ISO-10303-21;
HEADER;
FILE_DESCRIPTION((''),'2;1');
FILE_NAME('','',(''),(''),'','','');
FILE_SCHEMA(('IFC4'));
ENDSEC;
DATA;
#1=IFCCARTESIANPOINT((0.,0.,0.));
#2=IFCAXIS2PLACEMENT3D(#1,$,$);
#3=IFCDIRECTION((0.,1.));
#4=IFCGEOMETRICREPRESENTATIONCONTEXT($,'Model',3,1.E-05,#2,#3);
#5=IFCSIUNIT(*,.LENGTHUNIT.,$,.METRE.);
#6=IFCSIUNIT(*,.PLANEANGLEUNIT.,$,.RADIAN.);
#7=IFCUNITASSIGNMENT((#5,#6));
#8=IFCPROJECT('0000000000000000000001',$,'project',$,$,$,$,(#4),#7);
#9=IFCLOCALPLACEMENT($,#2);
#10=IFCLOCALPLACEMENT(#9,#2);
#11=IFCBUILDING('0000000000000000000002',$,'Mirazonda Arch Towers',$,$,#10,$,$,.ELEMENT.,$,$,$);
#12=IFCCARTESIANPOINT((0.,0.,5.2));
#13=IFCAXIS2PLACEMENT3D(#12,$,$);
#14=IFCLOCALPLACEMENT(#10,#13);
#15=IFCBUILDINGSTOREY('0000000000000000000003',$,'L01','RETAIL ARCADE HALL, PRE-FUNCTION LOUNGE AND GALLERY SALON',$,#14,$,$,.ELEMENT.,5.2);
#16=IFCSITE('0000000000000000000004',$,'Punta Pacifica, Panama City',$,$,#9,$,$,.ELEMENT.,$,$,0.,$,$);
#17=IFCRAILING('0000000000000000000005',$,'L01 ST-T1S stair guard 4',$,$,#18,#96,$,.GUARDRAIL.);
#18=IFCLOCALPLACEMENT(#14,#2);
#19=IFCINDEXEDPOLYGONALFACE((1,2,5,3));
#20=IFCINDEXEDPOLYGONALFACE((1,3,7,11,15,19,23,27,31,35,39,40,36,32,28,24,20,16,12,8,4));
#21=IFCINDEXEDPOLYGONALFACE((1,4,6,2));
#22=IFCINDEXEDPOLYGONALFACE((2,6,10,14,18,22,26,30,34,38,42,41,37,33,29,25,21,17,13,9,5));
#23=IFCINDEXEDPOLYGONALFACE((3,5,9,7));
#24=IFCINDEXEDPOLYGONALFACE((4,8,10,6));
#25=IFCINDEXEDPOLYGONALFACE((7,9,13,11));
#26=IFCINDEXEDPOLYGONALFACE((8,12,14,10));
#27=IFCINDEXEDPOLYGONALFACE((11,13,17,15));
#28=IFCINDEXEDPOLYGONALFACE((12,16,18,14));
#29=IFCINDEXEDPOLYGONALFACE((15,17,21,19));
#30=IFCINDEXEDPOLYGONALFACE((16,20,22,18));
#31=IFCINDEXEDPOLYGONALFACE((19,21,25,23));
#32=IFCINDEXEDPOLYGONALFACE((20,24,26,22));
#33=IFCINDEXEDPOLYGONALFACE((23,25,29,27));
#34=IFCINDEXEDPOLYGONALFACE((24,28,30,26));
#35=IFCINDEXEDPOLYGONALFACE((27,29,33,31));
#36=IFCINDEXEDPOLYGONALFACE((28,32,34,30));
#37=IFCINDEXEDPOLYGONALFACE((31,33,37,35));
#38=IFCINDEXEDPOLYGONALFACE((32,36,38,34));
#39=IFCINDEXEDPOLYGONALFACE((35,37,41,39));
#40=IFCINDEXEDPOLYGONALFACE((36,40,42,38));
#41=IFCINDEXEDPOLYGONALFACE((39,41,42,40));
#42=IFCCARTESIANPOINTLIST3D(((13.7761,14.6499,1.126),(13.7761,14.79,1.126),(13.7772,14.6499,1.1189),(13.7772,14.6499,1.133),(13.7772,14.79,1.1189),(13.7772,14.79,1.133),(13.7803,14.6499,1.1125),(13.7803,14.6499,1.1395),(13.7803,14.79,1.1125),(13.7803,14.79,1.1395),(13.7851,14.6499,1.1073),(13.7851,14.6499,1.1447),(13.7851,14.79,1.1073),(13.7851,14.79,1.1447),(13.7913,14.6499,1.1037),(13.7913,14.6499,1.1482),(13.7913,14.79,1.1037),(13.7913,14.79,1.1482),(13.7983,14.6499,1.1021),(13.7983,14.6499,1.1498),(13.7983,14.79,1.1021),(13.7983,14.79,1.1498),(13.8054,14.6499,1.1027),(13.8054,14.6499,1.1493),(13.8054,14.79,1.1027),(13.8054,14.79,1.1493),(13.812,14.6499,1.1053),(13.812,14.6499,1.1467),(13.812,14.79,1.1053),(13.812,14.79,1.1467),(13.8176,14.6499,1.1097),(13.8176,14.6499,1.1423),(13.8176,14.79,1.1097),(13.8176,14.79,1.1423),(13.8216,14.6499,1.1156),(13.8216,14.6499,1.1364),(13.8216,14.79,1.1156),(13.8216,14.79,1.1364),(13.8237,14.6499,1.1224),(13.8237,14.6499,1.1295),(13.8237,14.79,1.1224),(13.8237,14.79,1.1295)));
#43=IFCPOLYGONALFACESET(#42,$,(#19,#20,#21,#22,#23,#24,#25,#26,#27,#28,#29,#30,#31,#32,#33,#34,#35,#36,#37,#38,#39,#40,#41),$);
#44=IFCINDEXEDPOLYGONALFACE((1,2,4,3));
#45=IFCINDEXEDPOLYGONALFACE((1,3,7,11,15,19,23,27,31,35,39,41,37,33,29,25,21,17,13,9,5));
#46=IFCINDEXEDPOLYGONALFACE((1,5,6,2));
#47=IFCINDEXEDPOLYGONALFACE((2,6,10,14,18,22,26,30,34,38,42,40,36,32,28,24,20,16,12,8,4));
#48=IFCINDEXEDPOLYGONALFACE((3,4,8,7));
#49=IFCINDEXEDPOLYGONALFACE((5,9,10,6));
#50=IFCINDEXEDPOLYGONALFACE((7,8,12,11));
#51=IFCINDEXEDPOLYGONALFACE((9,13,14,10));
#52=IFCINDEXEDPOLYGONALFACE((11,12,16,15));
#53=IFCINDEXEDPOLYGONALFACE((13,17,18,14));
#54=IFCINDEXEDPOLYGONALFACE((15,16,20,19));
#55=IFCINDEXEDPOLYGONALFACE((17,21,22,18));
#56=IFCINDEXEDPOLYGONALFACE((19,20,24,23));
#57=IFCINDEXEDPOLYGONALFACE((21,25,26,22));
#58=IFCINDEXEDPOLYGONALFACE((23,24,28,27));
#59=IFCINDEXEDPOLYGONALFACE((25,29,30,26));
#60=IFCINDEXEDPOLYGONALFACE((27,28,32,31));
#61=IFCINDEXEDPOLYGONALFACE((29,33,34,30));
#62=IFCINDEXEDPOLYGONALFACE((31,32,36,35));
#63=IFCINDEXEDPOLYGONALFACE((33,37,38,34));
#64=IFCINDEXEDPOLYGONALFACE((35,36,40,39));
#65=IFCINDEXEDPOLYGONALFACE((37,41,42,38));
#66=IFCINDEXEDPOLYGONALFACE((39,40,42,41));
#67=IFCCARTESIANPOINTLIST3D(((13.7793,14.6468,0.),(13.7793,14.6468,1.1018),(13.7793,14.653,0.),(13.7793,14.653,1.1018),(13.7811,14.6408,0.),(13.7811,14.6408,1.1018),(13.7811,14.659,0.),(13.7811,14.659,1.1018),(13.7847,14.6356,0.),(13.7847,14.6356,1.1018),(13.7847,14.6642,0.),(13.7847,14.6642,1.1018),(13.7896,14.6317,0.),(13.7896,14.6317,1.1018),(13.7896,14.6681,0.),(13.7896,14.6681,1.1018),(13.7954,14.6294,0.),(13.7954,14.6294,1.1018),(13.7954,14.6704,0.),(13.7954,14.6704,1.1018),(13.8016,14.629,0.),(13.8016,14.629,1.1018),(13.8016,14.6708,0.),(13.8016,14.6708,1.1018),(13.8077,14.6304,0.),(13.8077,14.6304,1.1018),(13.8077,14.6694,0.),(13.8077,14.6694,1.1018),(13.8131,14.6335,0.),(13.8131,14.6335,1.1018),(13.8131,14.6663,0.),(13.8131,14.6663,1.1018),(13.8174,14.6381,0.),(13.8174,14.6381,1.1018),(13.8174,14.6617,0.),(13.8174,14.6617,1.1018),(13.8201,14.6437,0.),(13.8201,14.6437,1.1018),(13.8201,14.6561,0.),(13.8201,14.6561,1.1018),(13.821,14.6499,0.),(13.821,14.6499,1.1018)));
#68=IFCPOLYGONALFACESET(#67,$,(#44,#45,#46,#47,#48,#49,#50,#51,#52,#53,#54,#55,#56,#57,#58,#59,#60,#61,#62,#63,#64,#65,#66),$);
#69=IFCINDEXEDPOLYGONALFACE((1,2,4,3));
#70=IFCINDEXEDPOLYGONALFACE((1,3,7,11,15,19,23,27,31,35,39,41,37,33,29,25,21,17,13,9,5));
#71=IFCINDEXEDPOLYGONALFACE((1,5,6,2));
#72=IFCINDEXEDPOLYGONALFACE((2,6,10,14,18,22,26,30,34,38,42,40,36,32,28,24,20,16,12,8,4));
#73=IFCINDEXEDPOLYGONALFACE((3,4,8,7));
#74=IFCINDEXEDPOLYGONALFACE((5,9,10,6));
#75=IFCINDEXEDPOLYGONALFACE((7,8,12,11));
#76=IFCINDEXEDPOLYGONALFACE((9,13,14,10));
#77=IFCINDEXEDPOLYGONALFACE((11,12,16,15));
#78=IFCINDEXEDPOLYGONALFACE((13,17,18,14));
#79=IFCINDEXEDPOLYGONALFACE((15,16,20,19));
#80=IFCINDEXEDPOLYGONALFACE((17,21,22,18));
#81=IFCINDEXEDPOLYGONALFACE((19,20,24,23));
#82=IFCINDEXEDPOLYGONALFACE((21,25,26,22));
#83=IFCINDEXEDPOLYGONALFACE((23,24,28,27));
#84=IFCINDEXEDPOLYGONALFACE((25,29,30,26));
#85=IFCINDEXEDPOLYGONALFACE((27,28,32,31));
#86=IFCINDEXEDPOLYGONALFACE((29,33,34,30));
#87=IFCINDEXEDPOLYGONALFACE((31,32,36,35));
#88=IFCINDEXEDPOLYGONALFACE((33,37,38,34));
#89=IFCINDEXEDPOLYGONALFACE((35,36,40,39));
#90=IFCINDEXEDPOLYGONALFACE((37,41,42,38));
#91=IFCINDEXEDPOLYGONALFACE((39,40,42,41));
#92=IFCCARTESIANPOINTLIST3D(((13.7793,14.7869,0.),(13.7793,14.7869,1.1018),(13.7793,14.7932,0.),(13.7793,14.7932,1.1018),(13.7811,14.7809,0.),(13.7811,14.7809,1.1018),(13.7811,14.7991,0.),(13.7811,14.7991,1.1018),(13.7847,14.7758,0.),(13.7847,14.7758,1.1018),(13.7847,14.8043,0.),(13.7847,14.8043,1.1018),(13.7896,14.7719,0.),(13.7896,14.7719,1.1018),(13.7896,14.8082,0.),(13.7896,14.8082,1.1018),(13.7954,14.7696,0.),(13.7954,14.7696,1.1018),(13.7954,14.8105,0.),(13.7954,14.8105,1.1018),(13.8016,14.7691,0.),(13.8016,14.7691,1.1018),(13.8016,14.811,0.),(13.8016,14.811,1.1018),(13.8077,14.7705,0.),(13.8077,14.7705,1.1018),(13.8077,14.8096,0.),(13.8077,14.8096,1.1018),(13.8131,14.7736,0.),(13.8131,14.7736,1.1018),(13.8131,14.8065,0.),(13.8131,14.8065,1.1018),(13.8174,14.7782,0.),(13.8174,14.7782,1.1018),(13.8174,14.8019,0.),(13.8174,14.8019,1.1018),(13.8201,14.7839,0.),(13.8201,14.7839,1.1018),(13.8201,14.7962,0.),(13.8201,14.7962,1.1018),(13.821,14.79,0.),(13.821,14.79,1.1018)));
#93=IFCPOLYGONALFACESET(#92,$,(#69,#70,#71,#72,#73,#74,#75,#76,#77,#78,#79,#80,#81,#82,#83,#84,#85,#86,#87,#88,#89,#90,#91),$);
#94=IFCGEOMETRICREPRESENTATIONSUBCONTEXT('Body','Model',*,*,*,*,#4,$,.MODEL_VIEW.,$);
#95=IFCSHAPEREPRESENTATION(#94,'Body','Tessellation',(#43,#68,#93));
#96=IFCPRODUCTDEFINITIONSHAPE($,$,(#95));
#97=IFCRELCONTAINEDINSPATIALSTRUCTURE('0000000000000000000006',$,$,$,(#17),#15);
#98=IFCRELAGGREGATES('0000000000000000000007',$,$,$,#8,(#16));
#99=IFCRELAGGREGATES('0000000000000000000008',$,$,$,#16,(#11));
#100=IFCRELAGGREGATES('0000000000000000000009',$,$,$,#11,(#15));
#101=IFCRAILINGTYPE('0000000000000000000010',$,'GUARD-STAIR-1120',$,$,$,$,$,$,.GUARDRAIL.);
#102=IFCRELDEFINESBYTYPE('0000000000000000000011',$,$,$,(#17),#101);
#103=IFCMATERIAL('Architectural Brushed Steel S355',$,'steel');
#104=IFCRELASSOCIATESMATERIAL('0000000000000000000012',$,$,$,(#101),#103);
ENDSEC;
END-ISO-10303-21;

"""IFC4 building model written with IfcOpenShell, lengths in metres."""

from ifc_helpers import new_model, si_unit, direction, frame, origin, origin_2d, place, context, subcontext, project, spatial, circle, extrude, material, type_object, element, save


model = new_model("IFC4")

# Units and contexts
model_context = context("Model", 3, precision=1e-05, world=origin(), true_north=direction((0.0, 1.0)))
body_context = subcontext(model_context, "Body", "Model", "MODEL_VIEW")
ifc_project = project(units=[si_unit("LENGTHUNIT", "METRE"), si_unit("PLANEANGLEUNIT", "RADIAN")], contexts=[model_context])

# Site, building, storey
site_placement = place(None, origin())
site = spatial("IfcSite", under=ifc_project, at=site_placement, Name="Punta Pacifica, Panama City", CompositionType="ELEMENT", RefElevation=0.0)
building_placement = place(site_placement, origin())
building = spatial("IfcBuilding", under=site, at=building_placement, Name="Mirazonda Arch Towers", CompositionType="ELEMENT")
storey_placement = place(building_placement, frame((0.0, 0.0, 5.2)))
storey = spatial("IfcBuildingStorey", under=building, at=storey_placement, Name="L01", Description="RETAIL ARCADE HALL, PRE-FUNCTION LOUNGE AND GALLERY SALON", CompositionType="ELEMENT", Elevation=5.2)

# Shared definitions
ifc_material_1 = material(Name="Architectural Brushed Steel S355", Category="steel")

# Railing
railing_type_1 = type_object("IfcRailingType", Name="GUARD-STAIR-1120", PredefinedType="GUARDRAIL", material=ifc_material_1)
railing_1_placement = place(storey_placement, frame((13.8, 14.6499, 0.0)))
element("IfcRailing", 1, at=railing_1_placement, inside=storey, type_object=railing_type_1, Name="L01 ST-T1S stair guard 4", PredefinedType="GUARDRAIL", context=body_context, shape_type="SweptSolid", body=[
    extrude(circle(Radius=0.0239, at=origin_2d()), frame((0.0, 0.0, 1.126), z_axis=(0.0, 1.0, 0.0), x_axis=(-1.0, 0.0, 0.0)), (0.0, 0.0, 1.0), 0.1401),
    extrude(circle(Radius=0.021, at=origin_2d()), origin(), (0.0, 0.0, 1.0), 1.1018),
    extrude(circle(Radius=0.021, at=origin_2d()), frame((0.0, 0.1401, 0.0)), (0.0, 0.0, 1.0), 1.1018),
])

save(model, "model.ifc")
